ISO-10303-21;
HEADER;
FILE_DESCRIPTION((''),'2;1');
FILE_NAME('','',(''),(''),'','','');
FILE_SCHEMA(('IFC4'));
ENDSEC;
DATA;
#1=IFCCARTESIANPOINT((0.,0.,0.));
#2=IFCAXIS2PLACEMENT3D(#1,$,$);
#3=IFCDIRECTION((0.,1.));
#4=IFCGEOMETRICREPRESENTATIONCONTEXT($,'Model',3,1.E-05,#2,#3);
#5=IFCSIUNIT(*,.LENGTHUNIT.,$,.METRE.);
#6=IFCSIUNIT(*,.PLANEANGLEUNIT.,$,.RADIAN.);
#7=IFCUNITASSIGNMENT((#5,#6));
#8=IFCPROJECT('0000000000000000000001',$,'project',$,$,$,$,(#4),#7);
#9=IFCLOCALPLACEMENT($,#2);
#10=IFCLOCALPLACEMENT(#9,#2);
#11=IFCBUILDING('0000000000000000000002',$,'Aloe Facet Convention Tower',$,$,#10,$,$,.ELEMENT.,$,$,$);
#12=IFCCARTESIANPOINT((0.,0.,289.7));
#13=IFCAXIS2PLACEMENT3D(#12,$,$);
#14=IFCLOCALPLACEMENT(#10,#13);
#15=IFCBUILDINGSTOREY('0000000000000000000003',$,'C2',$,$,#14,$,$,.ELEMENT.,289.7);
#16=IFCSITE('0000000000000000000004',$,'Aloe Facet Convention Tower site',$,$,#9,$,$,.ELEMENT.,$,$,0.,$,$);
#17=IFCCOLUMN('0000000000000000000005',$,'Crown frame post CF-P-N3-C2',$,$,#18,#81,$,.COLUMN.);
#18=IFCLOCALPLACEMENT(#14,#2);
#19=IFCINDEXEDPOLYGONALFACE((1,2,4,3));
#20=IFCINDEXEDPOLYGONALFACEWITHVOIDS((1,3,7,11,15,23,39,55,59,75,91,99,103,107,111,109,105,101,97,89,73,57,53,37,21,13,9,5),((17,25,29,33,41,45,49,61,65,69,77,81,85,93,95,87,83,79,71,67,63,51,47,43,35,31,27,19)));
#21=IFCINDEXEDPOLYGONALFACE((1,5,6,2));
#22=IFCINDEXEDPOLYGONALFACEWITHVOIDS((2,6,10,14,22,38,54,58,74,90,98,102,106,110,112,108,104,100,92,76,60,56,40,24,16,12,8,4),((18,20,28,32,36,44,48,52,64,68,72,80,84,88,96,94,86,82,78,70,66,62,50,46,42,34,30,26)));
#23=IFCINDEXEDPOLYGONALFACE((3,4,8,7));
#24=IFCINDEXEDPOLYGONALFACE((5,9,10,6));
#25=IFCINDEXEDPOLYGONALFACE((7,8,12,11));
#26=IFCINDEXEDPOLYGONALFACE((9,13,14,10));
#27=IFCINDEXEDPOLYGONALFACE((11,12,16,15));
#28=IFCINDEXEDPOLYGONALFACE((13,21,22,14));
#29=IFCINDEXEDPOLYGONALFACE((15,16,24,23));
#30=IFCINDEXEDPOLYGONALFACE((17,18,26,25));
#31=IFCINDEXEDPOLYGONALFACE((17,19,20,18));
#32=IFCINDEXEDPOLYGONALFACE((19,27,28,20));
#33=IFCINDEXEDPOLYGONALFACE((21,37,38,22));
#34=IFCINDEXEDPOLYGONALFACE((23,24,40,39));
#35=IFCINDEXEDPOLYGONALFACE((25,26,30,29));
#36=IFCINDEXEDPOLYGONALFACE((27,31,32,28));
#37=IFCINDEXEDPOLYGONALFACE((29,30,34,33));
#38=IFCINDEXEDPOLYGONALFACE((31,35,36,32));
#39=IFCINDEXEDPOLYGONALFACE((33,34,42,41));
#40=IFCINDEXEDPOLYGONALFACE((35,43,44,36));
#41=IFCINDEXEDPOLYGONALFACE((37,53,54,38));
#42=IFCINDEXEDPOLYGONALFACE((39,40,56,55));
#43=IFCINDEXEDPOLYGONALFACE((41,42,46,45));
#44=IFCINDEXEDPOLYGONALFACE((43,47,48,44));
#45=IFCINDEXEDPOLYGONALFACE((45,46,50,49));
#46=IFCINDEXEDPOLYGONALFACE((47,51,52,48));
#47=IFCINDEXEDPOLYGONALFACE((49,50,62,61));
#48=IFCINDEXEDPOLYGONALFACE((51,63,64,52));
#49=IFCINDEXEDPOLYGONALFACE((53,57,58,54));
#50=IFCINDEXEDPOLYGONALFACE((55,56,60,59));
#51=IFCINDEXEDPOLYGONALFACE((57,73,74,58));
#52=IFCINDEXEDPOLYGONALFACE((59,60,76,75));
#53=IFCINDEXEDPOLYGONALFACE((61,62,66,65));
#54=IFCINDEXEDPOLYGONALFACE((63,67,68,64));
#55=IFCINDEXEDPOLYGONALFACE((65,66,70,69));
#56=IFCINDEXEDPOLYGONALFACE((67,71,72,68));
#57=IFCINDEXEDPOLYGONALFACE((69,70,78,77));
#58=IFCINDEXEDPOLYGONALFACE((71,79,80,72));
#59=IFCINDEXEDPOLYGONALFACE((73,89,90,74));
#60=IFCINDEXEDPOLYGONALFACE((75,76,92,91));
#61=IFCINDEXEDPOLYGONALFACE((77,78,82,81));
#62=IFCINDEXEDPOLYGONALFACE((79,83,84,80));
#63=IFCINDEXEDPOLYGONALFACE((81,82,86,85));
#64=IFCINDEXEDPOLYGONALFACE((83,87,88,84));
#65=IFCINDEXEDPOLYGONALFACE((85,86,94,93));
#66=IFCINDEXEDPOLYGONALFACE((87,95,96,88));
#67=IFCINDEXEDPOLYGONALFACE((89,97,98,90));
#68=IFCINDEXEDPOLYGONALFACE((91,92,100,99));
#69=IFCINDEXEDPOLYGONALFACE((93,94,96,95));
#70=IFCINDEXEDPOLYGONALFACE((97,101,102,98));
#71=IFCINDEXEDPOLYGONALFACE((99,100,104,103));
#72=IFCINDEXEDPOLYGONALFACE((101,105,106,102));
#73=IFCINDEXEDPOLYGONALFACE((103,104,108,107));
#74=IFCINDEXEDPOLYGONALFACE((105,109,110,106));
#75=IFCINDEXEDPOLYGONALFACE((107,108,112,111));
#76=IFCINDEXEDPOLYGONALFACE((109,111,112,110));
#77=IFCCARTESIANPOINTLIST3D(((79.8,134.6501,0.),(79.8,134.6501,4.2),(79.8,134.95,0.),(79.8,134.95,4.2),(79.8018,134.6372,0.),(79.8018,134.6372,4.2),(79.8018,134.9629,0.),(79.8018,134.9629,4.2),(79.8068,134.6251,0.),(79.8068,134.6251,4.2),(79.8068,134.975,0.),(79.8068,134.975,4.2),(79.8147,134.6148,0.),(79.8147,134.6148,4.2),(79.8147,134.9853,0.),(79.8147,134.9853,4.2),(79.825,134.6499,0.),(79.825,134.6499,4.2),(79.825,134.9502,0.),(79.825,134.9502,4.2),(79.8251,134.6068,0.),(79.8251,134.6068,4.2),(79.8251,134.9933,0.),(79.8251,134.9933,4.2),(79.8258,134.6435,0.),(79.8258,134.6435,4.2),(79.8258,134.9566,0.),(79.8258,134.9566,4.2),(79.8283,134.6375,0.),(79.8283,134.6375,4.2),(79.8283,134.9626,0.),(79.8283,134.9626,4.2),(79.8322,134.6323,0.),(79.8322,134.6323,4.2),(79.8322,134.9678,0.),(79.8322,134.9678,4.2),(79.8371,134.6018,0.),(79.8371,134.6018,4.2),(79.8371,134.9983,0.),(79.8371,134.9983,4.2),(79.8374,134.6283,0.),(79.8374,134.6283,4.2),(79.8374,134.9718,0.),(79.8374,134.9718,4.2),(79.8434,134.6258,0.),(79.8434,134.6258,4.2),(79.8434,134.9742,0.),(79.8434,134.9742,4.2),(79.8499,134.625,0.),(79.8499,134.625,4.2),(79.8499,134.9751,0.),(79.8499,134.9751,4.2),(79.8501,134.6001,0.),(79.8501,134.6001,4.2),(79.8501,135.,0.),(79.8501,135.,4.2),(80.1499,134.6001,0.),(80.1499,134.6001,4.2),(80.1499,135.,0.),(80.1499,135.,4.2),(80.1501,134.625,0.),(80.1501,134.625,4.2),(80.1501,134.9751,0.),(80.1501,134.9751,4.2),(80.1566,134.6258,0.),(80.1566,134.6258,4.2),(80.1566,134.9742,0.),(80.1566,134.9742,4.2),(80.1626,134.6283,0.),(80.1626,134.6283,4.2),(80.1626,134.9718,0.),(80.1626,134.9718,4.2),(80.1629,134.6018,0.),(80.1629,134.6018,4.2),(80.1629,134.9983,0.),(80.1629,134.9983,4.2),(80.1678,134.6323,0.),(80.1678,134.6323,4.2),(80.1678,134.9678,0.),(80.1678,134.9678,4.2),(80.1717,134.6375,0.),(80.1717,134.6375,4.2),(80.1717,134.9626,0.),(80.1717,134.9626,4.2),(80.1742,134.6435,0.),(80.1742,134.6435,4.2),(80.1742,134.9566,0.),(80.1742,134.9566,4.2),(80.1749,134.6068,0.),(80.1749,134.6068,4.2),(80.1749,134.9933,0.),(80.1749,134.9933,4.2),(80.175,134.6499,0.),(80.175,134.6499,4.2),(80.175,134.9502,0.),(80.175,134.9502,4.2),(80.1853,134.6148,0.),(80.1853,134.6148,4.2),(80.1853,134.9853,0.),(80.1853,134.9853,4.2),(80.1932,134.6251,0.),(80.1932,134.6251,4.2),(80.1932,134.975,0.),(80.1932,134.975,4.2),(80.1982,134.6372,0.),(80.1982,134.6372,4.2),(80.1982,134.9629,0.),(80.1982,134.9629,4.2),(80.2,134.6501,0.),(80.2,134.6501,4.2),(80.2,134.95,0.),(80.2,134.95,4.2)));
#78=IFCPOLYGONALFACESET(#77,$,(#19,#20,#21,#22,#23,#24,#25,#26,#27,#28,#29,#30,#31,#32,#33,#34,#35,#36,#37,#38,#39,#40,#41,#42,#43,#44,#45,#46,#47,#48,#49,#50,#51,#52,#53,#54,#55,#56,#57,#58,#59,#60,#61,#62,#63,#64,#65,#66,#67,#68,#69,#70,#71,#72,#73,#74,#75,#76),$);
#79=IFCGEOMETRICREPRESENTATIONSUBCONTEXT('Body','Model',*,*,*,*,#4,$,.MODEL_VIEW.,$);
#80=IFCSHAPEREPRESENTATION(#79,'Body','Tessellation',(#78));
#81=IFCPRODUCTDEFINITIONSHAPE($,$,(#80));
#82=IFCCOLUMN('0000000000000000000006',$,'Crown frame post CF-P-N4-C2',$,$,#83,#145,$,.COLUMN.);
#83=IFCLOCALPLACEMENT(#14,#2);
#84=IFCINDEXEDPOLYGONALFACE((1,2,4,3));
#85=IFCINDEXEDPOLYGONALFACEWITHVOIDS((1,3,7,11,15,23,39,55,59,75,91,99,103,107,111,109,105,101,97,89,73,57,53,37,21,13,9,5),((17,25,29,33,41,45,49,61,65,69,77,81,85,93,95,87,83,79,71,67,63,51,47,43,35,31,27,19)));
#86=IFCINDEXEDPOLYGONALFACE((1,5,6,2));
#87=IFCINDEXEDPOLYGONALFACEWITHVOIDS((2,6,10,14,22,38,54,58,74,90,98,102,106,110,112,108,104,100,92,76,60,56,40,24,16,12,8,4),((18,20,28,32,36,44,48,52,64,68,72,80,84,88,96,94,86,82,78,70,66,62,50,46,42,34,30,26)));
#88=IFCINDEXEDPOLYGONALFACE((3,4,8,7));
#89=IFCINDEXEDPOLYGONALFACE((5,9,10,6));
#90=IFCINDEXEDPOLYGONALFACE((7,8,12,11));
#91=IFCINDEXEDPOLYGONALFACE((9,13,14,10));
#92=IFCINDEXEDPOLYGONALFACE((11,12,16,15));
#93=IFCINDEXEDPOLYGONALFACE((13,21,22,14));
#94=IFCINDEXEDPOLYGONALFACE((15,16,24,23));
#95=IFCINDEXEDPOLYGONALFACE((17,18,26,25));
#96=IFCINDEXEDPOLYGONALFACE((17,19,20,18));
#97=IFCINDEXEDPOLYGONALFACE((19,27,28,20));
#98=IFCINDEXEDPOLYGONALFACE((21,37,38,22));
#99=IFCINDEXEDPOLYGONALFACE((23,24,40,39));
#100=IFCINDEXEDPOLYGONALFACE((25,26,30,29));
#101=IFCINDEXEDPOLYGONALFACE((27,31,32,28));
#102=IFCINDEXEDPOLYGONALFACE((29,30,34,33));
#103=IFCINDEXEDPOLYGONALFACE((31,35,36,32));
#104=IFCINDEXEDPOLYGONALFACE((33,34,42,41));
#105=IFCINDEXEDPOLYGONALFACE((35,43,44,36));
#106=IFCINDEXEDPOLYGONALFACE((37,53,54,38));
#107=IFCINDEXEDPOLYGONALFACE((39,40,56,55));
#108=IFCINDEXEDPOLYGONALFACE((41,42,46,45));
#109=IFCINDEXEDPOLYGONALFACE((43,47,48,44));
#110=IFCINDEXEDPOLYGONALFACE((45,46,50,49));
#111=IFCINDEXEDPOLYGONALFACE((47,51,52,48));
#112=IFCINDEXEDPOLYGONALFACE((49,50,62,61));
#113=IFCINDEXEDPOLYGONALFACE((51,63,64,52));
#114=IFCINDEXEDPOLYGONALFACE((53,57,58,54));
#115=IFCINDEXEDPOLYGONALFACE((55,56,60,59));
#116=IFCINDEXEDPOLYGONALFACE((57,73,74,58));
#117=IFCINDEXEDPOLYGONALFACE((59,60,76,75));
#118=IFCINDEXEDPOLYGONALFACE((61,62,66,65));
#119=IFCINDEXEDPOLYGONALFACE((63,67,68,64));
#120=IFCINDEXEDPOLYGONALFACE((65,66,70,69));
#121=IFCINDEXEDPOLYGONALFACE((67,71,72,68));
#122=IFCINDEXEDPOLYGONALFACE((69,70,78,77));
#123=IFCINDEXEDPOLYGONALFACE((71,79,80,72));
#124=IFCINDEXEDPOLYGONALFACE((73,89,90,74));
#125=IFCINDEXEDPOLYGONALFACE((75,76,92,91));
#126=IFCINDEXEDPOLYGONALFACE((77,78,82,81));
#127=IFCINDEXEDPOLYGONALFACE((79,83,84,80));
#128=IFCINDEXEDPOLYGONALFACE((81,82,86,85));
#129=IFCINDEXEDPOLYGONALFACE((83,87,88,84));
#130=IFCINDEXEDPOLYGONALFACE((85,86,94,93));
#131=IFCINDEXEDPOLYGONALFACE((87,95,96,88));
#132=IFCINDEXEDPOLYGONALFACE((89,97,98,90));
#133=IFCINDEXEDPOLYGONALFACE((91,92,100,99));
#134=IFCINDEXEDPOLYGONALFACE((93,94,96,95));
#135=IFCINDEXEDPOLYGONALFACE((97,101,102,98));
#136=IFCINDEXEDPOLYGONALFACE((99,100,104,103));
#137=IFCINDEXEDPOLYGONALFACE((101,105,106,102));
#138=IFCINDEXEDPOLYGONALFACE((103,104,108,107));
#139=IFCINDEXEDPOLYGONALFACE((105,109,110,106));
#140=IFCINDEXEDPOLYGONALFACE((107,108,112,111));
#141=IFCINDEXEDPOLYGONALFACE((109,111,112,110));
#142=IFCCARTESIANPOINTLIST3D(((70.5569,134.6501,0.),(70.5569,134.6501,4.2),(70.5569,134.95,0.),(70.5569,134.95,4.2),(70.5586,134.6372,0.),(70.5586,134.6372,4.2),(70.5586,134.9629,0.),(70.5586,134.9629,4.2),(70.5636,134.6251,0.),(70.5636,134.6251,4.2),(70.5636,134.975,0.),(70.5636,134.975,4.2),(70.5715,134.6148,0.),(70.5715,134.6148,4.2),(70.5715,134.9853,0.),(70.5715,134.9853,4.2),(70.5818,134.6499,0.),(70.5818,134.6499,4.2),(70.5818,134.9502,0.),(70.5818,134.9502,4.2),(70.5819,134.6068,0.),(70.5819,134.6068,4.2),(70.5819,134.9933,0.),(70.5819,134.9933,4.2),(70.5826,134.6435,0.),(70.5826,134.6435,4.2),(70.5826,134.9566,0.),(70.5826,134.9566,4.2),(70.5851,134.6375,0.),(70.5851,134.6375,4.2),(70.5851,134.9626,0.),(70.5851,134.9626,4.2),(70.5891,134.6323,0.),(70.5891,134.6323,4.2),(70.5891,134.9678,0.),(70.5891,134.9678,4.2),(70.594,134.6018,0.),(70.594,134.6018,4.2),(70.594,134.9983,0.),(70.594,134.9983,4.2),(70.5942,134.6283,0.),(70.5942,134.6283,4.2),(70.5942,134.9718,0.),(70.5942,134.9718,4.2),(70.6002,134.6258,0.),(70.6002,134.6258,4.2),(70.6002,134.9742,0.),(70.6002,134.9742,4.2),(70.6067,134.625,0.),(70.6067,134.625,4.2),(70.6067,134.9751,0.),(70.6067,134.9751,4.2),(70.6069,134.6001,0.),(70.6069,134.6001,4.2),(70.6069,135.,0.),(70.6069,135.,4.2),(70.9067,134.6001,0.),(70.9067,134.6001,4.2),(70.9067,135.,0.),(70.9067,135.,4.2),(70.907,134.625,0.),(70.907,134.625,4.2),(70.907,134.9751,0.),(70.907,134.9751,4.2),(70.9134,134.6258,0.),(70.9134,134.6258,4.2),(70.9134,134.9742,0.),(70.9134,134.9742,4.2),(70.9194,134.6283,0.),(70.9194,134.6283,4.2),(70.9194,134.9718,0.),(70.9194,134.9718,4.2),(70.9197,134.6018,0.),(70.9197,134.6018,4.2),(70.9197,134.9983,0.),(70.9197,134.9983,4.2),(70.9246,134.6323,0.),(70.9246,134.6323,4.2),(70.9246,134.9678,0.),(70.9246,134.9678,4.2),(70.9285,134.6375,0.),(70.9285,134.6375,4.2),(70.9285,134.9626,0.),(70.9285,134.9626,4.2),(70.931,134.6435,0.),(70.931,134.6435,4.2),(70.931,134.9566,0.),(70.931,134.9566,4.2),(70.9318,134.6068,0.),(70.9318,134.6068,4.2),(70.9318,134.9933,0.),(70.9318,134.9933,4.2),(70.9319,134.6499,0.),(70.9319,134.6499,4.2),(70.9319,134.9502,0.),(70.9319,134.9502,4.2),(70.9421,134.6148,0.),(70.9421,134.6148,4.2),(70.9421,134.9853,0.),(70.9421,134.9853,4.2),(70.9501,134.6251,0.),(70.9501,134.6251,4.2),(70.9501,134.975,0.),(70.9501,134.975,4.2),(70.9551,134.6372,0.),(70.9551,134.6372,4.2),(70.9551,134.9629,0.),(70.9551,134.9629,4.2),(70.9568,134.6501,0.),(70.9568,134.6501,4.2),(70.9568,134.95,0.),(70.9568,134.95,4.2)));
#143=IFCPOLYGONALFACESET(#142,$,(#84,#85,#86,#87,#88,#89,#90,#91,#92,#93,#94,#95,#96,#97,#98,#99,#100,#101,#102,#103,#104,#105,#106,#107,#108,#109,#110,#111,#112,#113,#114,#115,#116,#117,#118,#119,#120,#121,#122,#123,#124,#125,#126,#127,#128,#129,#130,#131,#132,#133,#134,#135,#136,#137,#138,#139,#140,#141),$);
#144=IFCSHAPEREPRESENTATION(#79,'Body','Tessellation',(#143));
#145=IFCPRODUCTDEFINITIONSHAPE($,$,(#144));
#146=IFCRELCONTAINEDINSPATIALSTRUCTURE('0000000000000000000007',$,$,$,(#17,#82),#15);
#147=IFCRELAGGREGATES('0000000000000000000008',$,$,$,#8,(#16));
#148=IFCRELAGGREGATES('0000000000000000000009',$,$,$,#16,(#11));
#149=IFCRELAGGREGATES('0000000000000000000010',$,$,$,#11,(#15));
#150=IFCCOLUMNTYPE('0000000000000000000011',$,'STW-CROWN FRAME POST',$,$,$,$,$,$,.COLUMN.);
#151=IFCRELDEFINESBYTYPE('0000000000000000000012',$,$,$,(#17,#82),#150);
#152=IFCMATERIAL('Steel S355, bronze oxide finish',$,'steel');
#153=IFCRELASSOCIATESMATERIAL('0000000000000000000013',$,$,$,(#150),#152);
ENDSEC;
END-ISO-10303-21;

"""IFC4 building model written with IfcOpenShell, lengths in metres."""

from ifc_helpers import new_model, si_unit, direction, frame, origin, origin_2d, place, context, subcontext, project, spatial, hollow_rectangle, extrude, material, material_profile, profile_set, type_object, element, save


model = new_model("IFC4")

# Units and contexts
model_context = context("Model", 3, precision=1e-05, world=origin(), true_north=direction((0.0, 1.0)))
body_context = subcontext(model_context, "Body", "Model", "MODEL_VIEW")
ifc_project = project(units=[si_unit("LENGTHUNIT", "METRE"), si_unit("PLANEANGLEUNIT", "RADIAN")], contexts=[model_context])

# Site, building, storey
site_placement = place(None, origin())
site = spatial("IfcSite", under=ifc_project, at=site_placement, Name="Aloe Facet Convention Tower site", CompositionType="ELEMENT", RefElevation=0.0)
building_placement = place(site_placement, origin())
building = spatial("IfcBuilding", under=site, at=building_placement, Name="Aloe Facet Convention Tower", CompositionType="ELEMENT")
storey_placement = place(building_placement, frame((0.0, 0.0, 289.7)))
storey = spatial("IfcBuildingStorey", under=building, at=storey_placement, Name="C2", CompositionType="ELEMENT", Elevation=289.7)

# Columns
ifc_material_1 = material(Name="Steel S355, bronze oxide finish", Category="steel")
ifc_material_profile_1 = material_profile(ifc_material_1, hollow_rectangle(XDim=0.3999, YDim=0.3999, WallThickness=0.0249, InnerFilletRadius=0.0249, OuterFilletRadius=0.05, at=origin_2d()), Name="SHS 400x400x25")
ifc_profile_set_1 = profile_set([ifc_material_profile_1], Name="Steel S355, bronze oxide finish")
column_type = type_object("IfcColumnType", Name="STW-CROWN FRAME POST", PredefinedType="COLUMN", material=ifc_profile_set_1)
for number, where, z_axis, x_axis, name in (
    (1, (80.0, 134.8, 0.0), (0.0, 0.0, 1.0), (1.0, 0.0, 0.0), "Crown frame post CF-P-N3-C2"),
    (2, (70.7568, 134.8, 0.0), (0.0, 0.0, 1.0), (1.0, 0.0, 0.0), "Crown frame post CF-P-N4-C2"),
):
    element("IfcColumn", number, at=place(storey_placement, frame(where, z_axis=z_axis, x_axis=x_axis)), inside=storey, type_object=column_type, Name=name, PredefinedType="COLUMN", context=body_context, shape_type="SweptSolid", body=[
        extrude(hollow_rectangle(XDim=0.3999, YDim=0.3999, WallThickness=0.0249, InnerFilletRadius=0.0249, OuterFilletRadius=0.05, at=origin_2d()), origin(), (0.0, 0.0, 1.0), 4.2),
    ])

save(model, "model.ifc")
